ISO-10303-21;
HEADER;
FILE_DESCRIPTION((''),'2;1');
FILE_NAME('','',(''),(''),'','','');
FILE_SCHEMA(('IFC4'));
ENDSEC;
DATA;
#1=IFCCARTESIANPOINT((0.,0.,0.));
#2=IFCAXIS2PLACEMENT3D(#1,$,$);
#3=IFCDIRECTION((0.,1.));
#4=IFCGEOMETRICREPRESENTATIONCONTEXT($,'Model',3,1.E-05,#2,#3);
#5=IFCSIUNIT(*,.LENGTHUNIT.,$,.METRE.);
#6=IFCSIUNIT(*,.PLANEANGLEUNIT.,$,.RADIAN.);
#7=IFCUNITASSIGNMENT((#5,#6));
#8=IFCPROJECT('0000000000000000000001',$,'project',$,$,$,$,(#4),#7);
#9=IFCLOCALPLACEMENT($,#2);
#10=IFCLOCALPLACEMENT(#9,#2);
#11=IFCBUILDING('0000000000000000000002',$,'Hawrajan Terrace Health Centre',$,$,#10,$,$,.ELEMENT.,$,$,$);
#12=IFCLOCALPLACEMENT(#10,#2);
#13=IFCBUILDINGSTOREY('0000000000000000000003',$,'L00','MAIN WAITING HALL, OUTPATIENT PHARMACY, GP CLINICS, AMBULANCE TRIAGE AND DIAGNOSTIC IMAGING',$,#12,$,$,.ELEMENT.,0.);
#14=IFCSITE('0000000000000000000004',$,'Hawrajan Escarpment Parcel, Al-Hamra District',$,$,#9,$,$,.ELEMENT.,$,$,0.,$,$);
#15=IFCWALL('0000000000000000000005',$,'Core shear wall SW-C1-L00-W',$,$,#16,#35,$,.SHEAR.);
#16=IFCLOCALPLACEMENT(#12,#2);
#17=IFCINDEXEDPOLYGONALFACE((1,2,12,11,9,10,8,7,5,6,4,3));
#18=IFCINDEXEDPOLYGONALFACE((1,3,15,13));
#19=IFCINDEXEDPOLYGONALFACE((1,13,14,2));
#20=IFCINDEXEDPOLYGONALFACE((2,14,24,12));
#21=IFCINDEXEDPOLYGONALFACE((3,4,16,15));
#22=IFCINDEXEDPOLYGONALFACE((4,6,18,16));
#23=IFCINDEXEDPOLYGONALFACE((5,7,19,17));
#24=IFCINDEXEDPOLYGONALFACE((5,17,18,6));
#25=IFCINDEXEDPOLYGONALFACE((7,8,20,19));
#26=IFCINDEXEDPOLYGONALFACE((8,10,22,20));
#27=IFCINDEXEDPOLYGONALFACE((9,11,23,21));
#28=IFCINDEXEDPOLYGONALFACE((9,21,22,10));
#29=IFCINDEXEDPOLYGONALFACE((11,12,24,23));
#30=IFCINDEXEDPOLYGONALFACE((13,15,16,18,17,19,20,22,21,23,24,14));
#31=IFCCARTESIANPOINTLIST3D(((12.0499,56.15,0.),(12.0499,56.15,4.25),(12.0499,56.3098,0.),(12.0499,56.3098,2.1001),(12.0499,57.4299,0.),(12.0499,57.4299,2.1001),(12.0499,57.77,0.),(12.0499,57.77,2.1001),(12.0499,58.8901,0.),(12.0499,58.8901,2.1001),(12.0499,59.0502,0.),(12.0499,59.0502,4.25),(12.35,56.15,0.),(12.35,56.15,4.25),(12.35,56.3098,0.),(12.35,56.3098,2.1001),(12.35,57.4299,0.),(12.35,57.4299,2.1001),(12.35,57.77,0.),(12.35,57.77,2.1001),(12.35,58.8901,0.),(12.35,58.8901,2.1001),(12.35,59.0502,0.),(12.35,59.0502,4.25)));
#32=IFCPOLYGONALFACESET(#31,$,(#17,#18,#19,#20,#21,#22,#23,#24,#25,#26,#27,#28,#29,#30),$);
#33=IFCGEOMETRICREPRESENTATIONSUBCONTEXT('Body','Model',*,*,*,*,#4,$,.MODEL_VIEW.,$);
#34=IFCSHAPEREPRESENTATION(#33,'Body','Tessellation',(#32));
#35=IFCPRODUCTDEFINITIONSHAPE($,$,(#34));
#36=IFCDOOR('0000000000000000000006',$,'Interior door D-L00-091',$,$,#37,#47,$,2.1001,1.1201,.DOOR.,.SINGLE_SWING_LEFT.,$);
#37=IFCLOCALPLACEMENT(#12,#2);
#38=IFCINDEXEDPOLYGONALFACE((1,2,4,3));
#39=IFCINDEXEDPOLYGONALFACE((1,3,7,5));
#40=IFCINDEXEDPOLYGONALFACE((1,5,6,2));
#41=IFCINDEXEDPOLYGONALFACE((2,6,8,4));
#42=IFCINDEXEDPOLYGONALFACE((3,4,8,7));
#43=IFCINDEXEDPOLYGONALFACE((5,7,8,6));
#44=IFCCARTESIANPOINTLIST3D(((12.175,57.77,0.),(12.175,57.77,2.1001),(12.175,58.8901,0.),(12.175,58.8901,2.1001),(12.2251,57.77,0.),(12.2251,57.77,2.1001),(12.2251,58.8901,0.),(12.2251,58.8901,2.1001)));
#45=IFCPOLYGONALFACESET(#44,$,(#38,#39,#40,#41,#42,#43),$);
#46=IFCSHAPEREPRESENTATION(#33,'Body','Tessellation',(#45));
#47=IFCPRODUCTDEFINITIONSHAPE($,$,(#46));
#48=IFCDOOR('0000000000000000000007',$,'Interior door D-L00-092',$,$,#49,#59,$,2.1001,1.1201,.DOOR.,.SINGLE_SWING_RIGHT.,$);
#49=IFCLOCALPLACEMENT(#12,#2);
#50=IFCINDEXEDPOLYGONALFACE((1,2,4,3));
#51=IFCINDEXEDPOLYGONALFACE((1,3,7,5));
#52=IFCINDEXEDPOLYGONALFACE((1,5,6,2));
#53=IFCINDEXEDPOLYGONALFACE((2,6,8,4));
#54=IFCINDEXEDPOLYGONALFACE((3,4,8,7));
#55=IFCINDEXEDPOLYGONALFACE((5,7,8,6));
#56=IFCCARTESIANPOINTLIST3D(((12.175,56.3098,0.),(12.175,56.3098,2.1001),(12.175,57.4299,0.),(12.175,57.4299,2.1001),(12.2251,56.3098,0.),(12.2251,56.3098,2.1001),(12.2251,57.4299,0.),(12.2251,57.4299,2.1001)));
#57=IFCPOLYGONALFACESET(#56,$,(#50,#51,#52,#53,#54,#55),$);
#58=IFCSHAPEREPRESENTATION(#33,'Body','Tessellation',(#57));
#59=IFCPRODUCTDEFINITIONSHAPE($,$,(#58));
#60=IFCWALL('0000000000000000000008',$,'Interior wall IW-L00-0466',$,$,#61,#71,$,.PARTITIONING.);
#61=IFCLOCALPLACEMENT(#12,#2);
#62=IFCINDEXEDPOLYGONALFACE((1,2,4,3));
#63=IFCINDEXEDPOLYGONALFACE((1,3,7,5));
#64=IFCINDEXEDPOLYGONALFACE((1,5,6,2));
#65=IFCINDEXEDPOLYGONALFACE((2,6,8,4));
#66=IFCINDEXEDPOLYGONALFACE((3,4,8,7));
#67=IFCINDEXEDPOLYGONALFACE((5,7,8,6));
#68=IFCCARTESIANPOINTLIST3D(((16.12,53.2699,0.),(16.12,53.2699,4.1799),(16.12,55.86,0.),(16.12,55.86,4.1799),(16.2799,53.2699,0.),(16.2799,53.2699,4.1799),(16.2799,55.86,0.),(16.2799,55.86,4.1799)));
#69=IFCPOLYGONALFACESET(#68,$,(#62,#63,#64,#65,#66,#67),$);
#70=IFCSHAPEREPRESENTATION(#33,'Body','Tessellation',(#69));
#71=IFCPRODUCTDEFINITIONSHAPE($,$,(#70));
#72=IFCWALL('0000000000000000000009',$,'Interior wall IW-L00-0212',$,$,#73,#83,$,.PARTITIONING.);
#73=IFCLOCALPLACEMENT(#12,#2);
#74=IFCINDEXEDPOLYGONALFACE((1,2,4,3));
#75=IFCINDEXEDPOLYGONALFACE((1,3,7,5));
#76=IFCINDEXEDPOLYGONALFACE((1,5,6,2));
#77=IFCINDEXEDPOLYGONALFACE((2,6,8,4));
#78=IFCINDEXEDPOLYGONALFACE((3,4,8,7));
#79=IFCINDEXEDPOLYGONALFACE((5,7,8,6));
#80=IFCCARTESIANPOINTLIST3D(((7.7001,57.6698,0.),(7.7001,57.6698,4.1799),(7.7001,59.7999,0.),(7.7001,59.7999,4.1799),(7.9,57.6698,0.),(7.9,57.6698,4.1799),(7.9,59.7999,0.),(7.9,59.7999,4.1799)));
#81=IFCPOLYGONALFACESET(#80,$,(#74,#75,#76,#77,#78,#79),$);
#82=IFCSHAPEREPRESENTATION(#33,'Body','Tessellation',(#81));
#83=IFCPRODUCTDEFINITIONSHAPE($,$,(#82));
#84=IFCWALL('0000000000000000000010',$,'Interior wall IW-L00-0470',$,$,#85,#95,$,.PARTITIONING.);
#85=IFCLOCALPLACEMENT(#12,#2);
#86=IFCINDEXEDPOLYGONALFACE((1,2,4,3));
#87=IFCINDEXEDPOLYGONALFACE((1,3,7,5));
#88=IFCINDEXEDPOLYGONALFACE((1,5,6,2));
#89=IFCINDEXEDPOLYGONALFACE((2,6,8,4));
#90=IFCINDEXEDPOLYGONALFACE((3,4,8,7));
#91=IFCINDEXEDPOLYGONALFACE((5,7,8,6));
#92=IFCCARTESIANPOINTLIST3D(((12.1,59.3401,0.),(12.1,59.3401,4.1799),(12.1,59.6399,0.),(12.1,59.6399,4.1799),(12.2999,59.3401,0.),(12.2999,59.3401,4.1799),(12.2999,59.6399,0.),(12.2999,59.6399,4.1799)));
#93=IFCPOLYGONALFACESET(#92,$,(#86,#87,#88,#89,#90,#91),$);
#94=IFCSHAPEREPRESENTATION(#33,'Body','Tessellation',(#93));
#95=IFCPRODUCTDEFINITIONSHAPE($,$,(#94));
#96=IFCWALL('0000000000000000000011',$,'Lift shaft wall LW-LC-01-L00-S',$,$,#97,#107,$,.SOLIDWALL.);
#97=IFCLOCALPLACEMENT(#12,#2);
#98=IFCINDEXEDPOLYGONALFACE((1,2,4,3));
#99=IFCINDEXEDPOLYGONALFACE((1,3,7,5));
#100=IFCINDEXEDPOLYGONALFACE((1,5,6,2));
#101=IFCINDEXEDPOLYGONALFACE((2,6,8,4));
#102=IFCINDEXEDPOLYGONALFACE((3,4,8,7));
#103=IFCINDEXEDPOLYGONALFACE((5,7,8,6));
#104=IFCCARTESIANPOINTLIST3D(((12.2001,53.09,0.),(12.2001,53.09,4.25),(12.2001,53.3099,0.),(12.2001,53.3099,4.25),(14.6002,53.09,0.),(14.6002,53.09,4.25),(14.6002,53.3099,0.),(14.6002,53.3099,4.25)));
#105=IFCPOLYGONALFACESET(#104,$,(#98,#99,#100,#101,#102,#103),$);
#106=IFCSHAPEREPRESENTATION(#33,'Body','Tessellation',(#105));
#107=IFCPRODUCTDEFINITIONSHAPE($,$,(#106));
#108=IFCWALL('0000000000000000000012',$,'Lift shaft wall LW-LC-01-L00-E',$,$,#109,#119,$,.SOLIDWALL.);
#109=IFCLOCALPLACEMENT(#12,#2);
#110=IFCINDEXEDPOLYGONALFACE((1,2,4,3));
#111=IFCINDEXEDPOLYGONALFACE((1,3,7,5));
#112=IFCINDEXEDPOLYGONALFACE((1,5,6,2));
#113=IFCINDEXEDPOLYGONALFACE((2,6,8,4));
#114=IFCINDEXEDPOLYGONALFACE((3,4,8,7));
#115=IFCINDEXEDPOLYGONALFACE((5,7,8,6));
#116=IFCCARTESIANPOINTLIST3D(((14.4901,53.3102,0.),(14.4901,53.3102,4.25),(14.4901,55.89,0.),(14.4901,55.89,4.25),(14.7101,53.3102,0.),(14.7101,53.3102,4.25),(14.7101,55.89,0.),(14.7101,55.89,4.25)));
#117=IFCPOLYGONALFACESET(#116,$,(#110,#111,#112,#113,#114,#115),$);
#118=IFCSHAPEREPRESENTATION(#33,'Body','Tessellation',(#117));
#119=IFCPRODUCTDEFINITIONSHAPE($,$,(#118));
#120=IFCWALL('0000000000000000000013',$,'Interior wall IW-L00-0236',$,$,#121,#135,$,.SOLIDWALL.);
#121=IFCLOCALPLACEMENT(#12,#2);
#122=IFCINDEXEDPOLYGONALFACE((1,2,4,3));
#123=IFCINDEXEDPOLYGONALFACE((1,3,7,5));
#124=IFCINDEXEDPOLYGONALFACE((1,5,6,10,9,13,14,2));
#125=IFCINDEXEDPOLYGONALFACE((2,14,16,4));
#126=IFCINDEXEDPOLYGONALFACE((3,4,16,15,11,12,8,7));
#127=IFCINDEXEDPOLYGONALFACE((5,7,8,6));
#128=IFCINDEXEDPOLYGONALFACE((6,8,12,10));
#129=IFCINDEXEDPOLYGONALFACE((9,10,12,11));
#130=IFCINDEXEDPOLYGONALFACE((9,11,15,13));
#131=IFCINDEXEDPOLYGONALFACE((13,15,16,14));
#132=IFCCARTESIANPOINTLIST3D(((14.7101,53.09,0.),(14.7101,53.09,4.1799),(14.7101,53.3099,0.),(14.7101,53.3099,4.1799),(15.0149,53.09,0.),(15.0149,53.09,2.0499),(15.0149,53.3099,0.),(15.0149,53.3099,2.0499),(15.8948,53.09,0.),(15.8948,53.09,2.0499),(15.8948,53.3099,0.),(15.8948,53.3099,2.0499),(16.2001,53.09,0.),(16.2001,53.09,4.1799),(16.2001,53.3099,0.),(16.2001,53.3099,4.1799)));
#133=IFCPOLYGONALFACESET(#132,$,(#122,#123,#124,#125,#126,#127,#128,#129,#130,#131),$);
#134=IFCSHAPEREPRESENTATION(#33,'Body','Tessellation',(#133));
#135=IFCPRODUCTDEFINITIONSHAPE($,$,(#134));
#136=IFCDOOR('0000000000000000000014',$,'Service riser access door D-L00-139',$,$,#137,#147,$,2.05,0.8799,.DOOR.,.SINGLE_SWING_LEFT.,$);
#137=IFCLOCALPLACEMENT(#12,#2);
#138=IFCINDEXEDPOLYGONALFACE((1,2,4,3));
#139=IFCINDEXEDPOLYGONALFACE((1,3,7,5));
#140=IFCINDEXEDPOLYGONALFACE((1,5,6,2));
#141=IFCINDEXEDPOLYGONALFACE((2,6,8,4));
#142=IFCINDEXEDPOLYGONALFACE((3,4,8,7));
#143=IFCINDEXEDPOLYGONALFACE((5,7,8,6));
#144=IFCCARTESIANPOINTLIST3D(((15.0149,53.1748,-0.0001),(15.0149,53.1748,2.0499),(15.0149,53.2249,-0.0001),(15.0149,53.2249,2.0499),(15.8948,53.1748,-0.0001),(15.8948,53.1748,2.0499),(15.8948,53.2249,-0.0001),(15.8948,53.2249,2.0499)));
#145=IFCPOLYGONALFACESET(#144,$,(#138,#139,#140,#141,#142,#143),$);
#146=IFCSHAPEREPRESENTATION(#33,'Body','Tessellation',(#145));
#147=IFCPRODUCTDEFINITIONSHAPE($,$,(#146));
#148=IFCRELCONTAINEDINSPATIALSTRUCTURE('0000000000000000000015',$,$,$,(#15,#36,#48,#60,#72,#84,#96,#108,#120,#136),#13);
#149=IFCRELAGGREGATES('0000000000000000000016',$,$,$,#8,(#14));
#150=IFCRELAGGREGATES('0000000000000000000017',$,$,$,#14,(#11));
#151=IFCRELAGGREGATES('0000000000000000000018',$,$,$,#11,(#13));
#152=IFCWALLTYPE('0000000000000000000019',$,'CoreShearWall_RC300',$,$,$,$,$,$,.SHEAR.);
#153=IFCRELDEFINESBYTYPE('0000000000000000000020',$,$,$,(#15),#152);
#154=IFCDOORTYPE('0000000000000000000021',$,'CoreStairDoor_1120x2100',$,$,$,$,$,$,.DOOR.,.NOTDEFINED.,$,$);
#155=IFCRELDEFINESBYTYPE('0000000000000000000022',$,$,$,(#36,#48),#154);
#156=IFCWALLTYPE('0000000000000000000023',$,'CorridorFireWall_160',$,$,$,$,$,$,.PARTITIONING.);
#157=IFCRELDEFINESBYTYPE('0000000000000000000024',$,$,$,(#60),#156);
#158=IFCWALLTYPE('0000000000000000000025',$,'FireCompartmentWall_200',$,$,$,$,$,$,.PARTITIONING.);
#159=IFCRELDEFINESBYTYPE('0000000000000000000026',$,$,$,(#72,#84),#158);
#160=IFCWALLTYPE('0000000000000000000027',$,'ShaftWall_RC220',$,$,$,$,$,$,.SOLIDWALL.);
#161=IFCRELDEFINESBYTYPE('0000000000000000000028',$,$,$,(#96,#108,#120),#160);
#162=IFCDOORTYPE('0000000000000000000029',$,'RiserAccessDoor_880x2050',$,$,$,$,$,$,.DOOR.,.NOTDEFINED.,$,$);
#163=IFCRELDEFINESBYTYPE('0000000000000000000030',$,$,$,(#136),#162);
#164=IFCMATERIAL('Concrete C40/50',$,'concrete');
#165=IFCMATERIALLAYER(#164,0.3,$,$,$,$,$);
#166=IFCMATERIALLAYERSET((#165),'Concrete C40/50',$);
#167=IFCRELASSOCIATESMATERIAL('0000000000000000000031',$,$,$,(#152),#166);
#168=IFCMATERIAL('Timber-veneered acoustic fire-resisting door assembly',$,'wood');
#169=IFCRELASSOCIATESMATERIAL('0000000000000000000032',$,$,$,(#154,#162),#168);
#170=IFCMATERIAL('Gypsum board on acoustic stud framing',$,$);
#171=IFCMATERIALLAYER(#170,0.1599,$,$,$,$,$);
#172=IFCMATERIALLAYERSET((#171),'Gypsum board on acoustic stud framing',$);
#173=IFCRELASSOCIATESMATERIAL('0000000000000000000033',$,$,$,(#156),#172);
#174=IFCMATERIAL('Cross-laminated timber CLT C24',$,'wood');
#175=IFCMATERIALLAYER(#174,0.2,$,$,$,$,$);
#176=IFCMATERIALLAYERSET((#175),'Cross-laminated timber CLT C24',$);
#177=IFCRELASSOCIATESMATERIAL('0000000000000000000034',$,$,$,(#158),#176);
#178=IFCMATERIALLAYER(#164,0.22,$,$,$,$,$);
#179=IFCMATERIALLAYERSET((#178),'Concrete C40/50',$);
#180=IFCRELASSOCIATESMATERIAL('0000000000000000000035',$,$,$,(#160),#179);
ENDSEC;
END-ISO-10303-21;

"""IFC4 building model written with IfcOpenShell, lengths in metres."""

from ifc_helpers import new_model, si_unit, direction, frame, frame_2d, origin, place, context, subcontext, project, spatial, rectangle, extrude, material, layer, layer_set, type_object, element, fill, save


model = new_model("IFC4")

# Units and contexts
model_context = context("Model", 3, precision=1e-05, world=origin(), true_north=direction((0.0, 1.0)))
body_context = subcontext(model_context, "Body", "Model", "MODEL_VIEW")
ifc_project = project(units=[si_unit("LENGTHUNIT", "METRE"), si_unit("PLANEANGLEUNIT", "RADIAN")], contexts=[model_context])

# Site, building, storey
site_placement = place(None, origin())
site = spatial("IfcSite", under=ifc_project, at=site_placement, Name="Hawrajan Escarpment Parcel, Al-Hamra District", CompositionType="ELEMENT", RefElevation=0.0)
building_placement = place(site_placement, origin())
building = spatial("IfcBuilding", under=site, at=building_placement, Name="Hawrajan Terrace Health Centre", CompositionType="ELEMENT")
storey_placement = place(building_placement, origin())
storey = spatial("IfcBuildingStorey", under=building, at=storey_placement, Name="L00", Description="MAIN WAITING HALL, OUTPATIENT PHARMACY, GP CLINICS, AMBULANCE TRIAGE AND DIAGNOSTIC IMAGING", CompositionType="ELEMENT", Elevation=0.0)

# Shared definitions
ifc_material_1 = material(Name="Concrete C40/50", Category="concrete")

# Shared definitions
ifc_layer_1 = layer(ifc_material_1, 0.3)
ifc_layer_set_1 = layer_set([ifc_layer_1], Name="Concrete C40/50")
wall_type_1 = type_object("IfcWallType", Name="CoreShearWall_RC300", PredefinedType="SHEAR", material=ifc_layer_set_1)

# Wall, openings, doors
wall_1_placement = place(storey_placement, frame((12.2, 56.1499, 0.0), z_axis=(0.0, 0.0, 1.0), x_axis=(0.0, 1.0, 0.0)))
wall_1 = element("IfcWall", 1, at=wall_1_placement, inside=storey, type_object=wall_type_1, Name="Core shear wall SW-C1-L00-W", PredefinedType="SHEAR", context=body_context, shape_type="SweptSolid", body=[
    extrude(rectangle(XDim=2.9001, YDim=0.3, at=frame_2d((1.4502, 0.0))), origin(), (0.0, 0.0, 1.0), 4.25),
])
opening_1_placement = place(wall_1_placement, frame((1.6201, 0.0, 0.0)))
opening_1 = element("IfcOpeningElement", 2, at=opening_1_placement, cuts=wall_1, PredefinedType="OPENING", context=body_context, shape_type="SweptSolid", body=[
    extrude(rectangle(XDim=1.1201, YDim=2.1001, at=frame_2d((0.5601, 1.05))), frame((0.0, 0.1599, 0.0), z_axis=(0.0, -1.0, 0.0), x_axis=(1.0, 0.0, 0.0)), (0.0, 0.0, 1.0), 0.3201),
])
opening_2_placement = place(wall_1_placement, frame((0.1599, 0.0, 0.0)))
opening_2 = element("IfcOpeningElement", 3, at=opening_2_placement, cuts=wall_1, PredefinedType="OPENING", context=body_context, shape_type="SweptSolid", body=[
    extrude(rectangle(XDim=1.1201, YDim=2.1001, at=frame_2d((0.5601, 1.05))), frame((0.0, 0.1599, 0.0), z_axis=(0.0, -1.0, 0.0), x_axis=(1.0, 0.0, 0.0)), (0.0, 0.0, 1.0), 0.3201),
])
ifc_material_2 = material(Name="Timber-veneered acoustic fire-resisting door assembly", Category="wood")
door_type_1 = type_object("IfcDoorType", Name="CoreStairDoor_1120x2100", OperationType="NOTDEFINED", PredefinedType="DOOR", material=ifc_material_2)
door_1_placement = place(opening_1_placement, origin())
door_1 = element("IfcDoor", 4, at=door_1_placement, inside=storey, type_object=door_type_1, Name="Interior door D-L00-091", OperationType="SINGLE_SWING_LEFT", OverallHeight=2.1001, OverallWidth=1.1201, PredefinedType="DOOR", context=body_context, shape_type="SweptSolid", body=[
    extrude(rectangle(XDim=1.1201, YDim=2.1001, at=frame_2d((0.5601, 1.05))), frame((0.0, 0.0249, 0.0), z_axis=(0.0, -1.0, 0.0), x_axis=(1.0, 0.0, 0.0)), (0.0, 0.0, 1.0), 0.05),
])
fill(opening_1, door_1)
door_2_placement = place(opening_2_placement, origin())
door_2 = element("IfcDoor", 5, at=door_2_placement, inside=storey, type_object=door_type_1, Name="Interior door D-L00-092", OperationType="SINGLE_SWING_RIGHT", OverallHeight=2.1001, OverallWidth=1.1201, PredefinedType="DOOR", context=body_context, shape_type="SweptSolid", body=[
    extrude(rectangle(XDim=1.1201, YDim=2.1001, at=frame_2d((0.5601, 1.05))), frame((0.0, 0.0249, 0.0), z_axis=(0.0, -1.0, 0.0), x_axis=(1.0, 0.0, 0.0)), (0.0, 0.0, 1.0), 0.05),
])
fill(opening_2, door_2)

# Walls
ifc_material_3 = material(Name="Gypsum board on acoustic stud framing")
ifc_layer_2 = layer(ifc_material_3, 0.1599)
ifc_layer_set_2 = layer_set([ifc_layer_2], Name="Gypsum board on acoustic stud framing")
wall_type_2 = type_object("IfcWallType", Name="CorridorFireWall_160", PredefinedType="PARTITIONING", material=ifc_layer_set_2)
wall_2_placement = place(storey_placement, frame((16.2, 53.27, 0.0), z_axis=(0.0, 0.0, 1.0), x_axis=(0.0, 1.0, 0.0)))
element("IfcWall", 6, at=wall_2_placement, inside=storey, type_object=wall_type_2, Name="Interior wall IW-L00-0466", PredefinedType="PARTITIONING", context=body_context, shape_type="SweptSolid", body=[
    extrude(rectangle(XDim=2.5901, YDim=0.1599, at=frame_2d((1.2949, 0.0))), origin(), (0.0, 0.0, 1.0), 4.1799),
])
ifc_material_4 = material(Name="Cross-laminated timber CLT C24", Category="wood")
ifc_layer_3 = layer(ifc_material_4, 0.2)
ifc_layer_set_3 = layer_set([ifc_layer_3], Name="Cross-laminated timber CLT C24")
wall_type_3 = type_object("IfcWallType", Name="FireCompartmentWall_200", PredefinedType="PARTITIONING", material=ifc_layer_set_3)
wall_3_placement = place(storey_placement, frame((7.8, 57.6699, 0.0), z_axis=(0.0, 0.0, 1.0), x_axis=(0.0, 1.0, 0.0)))
element("IfcWall", 7, at=wall_3_placement, inside=storey, type_object=wall_type_3, Name="Interior wall IW-L00-0212", PredefinedType="PARTITIONING", context=body_context, shape_type="SweptSolid", body=[
    extrude(rectangle(XDim=2.1301, YDim=0.2, at=frame_2d((1.0649, 0.0))), origin(), (0.0, 0.0, 1.0), 4.1799),
])
wall_4_placement = place(storey_placement, frame((12.2, 59.3401, 0.0), z_axis=(0.0, 0.0, 1.0), x_axis=(0.0, 1.0, 0.0)))
element("IfcWall", 8, at=wall_4_placement, inside=storey, type_object=wall_type_3, Name="Interior wall IW-L00-0470", PredefinedType="PARTITIONING", context=body_context, shape_type="SweptSolid", body=[
    extrude(rectangle(XDim=0.2998, YDim=0.2, at=frame_2d((0.1499, 0.0))), origin(), (0.0, 0.0, 1.0), 4.1799),
])
ifc_layer_4 = layer(ifc_material_1, 0.22)
ifc_layer_set_4 = layer_set([ifc_layer_4], Name="Concrete C40/50")
wall_type_4 = type_object("IfcWallType", Name="ShaftWall_RC220", PredefinedType="SOLIDWALL", material=ifc_layer_set_4)
wall_5_placement = place(storey_placement, frame((12.2, 53.2, 0.0), z_axis=(0.0, 0.0, 1.0), x_axis=(1.0, 0.0, 0.0)))
element("IfcWall", 9, at=wall_5_placement, inside=storey, type_object=wall_type_4, Name="Lift shaft wall LW-LC-01-L00-S", PredefinedType="SOLIDWALL", context=body_context, shape_type="SweptSolid", body=[
    extrude(rectangle(XDim=2.4001, YDim=0.22, at=frame_2d((1.2002, 0.0))), origin(), (0.0, 0.0, 1.0), 4.25),
])

# Wall
wall_6_placement = place(storey_placement, frame((14.6001, 53.3101, 0.0), z_axis=(0.0, 0.0, 1.0), x_axis=(0.0, 1.0, 0.0)))
element("IfcWall", 10, at=wall_6_placement, inside=storey, type_object=wall_type_4, Name="Lift shaft wall LW-LC-01-L00-E", PredefinedType="SOLIDWALL", context=body_context, shape_type="SweptSolid", body=[
    extrude(rectangle(XDim=2.5798, YDim=0.22, at=frame_2d((1.29, 0.0))), origin(), (0.0, 0.0, 1.0), 4.25),
])

# Wall, opening, door
wall_7_placement = place(storey_placement, frame((14.71, 53.2, 0.0), z_axis=(0.0, 0.0, 1.0), x_axis=(1.0, 0.0, 0.0)))
wall_7 = element("IfcWall", 11, at=wall_7_placement, inside=storey, type_object=wall_type_4, Name="Interior wall IW-L00-0236", PredefinedType="SOLIDWALL", context=body_context, shape_type="SweptSolid", body=[
    extrude(rectangle(XDim=1.49, YDim=0.22, at=frame_2d((0.7451, 0.0))), origin(), (0.0, 0.0, 1.0), 4.1799),
])
opening_3_placement = place(wall_7_placement, frame((0.3049, 0.0, 0.0)))
opening_3 = element("IfcOpeningElement", 12, at=opening_3_placement, cuts=wall_7, PredefinedType="OPENING", context=body_context, shape_type="SweptSolid", body=[
    extrude(rectangle(XDim=0.8799, YDim=2.05, at=frame_2d((0.4399, 1.0249))), frame((0.0, 0.1199, 0.0), z_axis=(0.0, -1.0, 0.0), x_axis=(1.0, 0.0, 0.0)), (0.0, 0.0, 1.0), 0.24),
])
door_type_2 = type_object("IfcDoorType", Name="RiserAccessDoor_880x2050", OperationType="NOTDEFINED", PredefinedType="DOOR", material=ifc_material_2)
door_3_placement = place(opening_3_placement, origin())
door_3 = element("IfcDoor", 13, at=door_3_placement, inside=storey, type_object=door_type_2, Name="Service riser access door D-L00-139", OperationType="SINGLE_SWING_LEFT", OverallHeight=2.05, OverallWidth=0.8799, PredefinedType="DOOR", context=body_context, shape_type="SweptSolid", body=[
    extrude(rectangle(XDim=0.8799, YDim=2.05, at=frame_2d((0.4399, 1.0249))), frame((0.0, 0.0249, 0.0), z_axis=(0.0, -1.0, 0.0), x_axis=(1.0, 0.0, 0.0)), (0.0, 0.0, 1.0), 0.05),
])
fill(opening_3, door_3)

save(model, "model.ifc")
